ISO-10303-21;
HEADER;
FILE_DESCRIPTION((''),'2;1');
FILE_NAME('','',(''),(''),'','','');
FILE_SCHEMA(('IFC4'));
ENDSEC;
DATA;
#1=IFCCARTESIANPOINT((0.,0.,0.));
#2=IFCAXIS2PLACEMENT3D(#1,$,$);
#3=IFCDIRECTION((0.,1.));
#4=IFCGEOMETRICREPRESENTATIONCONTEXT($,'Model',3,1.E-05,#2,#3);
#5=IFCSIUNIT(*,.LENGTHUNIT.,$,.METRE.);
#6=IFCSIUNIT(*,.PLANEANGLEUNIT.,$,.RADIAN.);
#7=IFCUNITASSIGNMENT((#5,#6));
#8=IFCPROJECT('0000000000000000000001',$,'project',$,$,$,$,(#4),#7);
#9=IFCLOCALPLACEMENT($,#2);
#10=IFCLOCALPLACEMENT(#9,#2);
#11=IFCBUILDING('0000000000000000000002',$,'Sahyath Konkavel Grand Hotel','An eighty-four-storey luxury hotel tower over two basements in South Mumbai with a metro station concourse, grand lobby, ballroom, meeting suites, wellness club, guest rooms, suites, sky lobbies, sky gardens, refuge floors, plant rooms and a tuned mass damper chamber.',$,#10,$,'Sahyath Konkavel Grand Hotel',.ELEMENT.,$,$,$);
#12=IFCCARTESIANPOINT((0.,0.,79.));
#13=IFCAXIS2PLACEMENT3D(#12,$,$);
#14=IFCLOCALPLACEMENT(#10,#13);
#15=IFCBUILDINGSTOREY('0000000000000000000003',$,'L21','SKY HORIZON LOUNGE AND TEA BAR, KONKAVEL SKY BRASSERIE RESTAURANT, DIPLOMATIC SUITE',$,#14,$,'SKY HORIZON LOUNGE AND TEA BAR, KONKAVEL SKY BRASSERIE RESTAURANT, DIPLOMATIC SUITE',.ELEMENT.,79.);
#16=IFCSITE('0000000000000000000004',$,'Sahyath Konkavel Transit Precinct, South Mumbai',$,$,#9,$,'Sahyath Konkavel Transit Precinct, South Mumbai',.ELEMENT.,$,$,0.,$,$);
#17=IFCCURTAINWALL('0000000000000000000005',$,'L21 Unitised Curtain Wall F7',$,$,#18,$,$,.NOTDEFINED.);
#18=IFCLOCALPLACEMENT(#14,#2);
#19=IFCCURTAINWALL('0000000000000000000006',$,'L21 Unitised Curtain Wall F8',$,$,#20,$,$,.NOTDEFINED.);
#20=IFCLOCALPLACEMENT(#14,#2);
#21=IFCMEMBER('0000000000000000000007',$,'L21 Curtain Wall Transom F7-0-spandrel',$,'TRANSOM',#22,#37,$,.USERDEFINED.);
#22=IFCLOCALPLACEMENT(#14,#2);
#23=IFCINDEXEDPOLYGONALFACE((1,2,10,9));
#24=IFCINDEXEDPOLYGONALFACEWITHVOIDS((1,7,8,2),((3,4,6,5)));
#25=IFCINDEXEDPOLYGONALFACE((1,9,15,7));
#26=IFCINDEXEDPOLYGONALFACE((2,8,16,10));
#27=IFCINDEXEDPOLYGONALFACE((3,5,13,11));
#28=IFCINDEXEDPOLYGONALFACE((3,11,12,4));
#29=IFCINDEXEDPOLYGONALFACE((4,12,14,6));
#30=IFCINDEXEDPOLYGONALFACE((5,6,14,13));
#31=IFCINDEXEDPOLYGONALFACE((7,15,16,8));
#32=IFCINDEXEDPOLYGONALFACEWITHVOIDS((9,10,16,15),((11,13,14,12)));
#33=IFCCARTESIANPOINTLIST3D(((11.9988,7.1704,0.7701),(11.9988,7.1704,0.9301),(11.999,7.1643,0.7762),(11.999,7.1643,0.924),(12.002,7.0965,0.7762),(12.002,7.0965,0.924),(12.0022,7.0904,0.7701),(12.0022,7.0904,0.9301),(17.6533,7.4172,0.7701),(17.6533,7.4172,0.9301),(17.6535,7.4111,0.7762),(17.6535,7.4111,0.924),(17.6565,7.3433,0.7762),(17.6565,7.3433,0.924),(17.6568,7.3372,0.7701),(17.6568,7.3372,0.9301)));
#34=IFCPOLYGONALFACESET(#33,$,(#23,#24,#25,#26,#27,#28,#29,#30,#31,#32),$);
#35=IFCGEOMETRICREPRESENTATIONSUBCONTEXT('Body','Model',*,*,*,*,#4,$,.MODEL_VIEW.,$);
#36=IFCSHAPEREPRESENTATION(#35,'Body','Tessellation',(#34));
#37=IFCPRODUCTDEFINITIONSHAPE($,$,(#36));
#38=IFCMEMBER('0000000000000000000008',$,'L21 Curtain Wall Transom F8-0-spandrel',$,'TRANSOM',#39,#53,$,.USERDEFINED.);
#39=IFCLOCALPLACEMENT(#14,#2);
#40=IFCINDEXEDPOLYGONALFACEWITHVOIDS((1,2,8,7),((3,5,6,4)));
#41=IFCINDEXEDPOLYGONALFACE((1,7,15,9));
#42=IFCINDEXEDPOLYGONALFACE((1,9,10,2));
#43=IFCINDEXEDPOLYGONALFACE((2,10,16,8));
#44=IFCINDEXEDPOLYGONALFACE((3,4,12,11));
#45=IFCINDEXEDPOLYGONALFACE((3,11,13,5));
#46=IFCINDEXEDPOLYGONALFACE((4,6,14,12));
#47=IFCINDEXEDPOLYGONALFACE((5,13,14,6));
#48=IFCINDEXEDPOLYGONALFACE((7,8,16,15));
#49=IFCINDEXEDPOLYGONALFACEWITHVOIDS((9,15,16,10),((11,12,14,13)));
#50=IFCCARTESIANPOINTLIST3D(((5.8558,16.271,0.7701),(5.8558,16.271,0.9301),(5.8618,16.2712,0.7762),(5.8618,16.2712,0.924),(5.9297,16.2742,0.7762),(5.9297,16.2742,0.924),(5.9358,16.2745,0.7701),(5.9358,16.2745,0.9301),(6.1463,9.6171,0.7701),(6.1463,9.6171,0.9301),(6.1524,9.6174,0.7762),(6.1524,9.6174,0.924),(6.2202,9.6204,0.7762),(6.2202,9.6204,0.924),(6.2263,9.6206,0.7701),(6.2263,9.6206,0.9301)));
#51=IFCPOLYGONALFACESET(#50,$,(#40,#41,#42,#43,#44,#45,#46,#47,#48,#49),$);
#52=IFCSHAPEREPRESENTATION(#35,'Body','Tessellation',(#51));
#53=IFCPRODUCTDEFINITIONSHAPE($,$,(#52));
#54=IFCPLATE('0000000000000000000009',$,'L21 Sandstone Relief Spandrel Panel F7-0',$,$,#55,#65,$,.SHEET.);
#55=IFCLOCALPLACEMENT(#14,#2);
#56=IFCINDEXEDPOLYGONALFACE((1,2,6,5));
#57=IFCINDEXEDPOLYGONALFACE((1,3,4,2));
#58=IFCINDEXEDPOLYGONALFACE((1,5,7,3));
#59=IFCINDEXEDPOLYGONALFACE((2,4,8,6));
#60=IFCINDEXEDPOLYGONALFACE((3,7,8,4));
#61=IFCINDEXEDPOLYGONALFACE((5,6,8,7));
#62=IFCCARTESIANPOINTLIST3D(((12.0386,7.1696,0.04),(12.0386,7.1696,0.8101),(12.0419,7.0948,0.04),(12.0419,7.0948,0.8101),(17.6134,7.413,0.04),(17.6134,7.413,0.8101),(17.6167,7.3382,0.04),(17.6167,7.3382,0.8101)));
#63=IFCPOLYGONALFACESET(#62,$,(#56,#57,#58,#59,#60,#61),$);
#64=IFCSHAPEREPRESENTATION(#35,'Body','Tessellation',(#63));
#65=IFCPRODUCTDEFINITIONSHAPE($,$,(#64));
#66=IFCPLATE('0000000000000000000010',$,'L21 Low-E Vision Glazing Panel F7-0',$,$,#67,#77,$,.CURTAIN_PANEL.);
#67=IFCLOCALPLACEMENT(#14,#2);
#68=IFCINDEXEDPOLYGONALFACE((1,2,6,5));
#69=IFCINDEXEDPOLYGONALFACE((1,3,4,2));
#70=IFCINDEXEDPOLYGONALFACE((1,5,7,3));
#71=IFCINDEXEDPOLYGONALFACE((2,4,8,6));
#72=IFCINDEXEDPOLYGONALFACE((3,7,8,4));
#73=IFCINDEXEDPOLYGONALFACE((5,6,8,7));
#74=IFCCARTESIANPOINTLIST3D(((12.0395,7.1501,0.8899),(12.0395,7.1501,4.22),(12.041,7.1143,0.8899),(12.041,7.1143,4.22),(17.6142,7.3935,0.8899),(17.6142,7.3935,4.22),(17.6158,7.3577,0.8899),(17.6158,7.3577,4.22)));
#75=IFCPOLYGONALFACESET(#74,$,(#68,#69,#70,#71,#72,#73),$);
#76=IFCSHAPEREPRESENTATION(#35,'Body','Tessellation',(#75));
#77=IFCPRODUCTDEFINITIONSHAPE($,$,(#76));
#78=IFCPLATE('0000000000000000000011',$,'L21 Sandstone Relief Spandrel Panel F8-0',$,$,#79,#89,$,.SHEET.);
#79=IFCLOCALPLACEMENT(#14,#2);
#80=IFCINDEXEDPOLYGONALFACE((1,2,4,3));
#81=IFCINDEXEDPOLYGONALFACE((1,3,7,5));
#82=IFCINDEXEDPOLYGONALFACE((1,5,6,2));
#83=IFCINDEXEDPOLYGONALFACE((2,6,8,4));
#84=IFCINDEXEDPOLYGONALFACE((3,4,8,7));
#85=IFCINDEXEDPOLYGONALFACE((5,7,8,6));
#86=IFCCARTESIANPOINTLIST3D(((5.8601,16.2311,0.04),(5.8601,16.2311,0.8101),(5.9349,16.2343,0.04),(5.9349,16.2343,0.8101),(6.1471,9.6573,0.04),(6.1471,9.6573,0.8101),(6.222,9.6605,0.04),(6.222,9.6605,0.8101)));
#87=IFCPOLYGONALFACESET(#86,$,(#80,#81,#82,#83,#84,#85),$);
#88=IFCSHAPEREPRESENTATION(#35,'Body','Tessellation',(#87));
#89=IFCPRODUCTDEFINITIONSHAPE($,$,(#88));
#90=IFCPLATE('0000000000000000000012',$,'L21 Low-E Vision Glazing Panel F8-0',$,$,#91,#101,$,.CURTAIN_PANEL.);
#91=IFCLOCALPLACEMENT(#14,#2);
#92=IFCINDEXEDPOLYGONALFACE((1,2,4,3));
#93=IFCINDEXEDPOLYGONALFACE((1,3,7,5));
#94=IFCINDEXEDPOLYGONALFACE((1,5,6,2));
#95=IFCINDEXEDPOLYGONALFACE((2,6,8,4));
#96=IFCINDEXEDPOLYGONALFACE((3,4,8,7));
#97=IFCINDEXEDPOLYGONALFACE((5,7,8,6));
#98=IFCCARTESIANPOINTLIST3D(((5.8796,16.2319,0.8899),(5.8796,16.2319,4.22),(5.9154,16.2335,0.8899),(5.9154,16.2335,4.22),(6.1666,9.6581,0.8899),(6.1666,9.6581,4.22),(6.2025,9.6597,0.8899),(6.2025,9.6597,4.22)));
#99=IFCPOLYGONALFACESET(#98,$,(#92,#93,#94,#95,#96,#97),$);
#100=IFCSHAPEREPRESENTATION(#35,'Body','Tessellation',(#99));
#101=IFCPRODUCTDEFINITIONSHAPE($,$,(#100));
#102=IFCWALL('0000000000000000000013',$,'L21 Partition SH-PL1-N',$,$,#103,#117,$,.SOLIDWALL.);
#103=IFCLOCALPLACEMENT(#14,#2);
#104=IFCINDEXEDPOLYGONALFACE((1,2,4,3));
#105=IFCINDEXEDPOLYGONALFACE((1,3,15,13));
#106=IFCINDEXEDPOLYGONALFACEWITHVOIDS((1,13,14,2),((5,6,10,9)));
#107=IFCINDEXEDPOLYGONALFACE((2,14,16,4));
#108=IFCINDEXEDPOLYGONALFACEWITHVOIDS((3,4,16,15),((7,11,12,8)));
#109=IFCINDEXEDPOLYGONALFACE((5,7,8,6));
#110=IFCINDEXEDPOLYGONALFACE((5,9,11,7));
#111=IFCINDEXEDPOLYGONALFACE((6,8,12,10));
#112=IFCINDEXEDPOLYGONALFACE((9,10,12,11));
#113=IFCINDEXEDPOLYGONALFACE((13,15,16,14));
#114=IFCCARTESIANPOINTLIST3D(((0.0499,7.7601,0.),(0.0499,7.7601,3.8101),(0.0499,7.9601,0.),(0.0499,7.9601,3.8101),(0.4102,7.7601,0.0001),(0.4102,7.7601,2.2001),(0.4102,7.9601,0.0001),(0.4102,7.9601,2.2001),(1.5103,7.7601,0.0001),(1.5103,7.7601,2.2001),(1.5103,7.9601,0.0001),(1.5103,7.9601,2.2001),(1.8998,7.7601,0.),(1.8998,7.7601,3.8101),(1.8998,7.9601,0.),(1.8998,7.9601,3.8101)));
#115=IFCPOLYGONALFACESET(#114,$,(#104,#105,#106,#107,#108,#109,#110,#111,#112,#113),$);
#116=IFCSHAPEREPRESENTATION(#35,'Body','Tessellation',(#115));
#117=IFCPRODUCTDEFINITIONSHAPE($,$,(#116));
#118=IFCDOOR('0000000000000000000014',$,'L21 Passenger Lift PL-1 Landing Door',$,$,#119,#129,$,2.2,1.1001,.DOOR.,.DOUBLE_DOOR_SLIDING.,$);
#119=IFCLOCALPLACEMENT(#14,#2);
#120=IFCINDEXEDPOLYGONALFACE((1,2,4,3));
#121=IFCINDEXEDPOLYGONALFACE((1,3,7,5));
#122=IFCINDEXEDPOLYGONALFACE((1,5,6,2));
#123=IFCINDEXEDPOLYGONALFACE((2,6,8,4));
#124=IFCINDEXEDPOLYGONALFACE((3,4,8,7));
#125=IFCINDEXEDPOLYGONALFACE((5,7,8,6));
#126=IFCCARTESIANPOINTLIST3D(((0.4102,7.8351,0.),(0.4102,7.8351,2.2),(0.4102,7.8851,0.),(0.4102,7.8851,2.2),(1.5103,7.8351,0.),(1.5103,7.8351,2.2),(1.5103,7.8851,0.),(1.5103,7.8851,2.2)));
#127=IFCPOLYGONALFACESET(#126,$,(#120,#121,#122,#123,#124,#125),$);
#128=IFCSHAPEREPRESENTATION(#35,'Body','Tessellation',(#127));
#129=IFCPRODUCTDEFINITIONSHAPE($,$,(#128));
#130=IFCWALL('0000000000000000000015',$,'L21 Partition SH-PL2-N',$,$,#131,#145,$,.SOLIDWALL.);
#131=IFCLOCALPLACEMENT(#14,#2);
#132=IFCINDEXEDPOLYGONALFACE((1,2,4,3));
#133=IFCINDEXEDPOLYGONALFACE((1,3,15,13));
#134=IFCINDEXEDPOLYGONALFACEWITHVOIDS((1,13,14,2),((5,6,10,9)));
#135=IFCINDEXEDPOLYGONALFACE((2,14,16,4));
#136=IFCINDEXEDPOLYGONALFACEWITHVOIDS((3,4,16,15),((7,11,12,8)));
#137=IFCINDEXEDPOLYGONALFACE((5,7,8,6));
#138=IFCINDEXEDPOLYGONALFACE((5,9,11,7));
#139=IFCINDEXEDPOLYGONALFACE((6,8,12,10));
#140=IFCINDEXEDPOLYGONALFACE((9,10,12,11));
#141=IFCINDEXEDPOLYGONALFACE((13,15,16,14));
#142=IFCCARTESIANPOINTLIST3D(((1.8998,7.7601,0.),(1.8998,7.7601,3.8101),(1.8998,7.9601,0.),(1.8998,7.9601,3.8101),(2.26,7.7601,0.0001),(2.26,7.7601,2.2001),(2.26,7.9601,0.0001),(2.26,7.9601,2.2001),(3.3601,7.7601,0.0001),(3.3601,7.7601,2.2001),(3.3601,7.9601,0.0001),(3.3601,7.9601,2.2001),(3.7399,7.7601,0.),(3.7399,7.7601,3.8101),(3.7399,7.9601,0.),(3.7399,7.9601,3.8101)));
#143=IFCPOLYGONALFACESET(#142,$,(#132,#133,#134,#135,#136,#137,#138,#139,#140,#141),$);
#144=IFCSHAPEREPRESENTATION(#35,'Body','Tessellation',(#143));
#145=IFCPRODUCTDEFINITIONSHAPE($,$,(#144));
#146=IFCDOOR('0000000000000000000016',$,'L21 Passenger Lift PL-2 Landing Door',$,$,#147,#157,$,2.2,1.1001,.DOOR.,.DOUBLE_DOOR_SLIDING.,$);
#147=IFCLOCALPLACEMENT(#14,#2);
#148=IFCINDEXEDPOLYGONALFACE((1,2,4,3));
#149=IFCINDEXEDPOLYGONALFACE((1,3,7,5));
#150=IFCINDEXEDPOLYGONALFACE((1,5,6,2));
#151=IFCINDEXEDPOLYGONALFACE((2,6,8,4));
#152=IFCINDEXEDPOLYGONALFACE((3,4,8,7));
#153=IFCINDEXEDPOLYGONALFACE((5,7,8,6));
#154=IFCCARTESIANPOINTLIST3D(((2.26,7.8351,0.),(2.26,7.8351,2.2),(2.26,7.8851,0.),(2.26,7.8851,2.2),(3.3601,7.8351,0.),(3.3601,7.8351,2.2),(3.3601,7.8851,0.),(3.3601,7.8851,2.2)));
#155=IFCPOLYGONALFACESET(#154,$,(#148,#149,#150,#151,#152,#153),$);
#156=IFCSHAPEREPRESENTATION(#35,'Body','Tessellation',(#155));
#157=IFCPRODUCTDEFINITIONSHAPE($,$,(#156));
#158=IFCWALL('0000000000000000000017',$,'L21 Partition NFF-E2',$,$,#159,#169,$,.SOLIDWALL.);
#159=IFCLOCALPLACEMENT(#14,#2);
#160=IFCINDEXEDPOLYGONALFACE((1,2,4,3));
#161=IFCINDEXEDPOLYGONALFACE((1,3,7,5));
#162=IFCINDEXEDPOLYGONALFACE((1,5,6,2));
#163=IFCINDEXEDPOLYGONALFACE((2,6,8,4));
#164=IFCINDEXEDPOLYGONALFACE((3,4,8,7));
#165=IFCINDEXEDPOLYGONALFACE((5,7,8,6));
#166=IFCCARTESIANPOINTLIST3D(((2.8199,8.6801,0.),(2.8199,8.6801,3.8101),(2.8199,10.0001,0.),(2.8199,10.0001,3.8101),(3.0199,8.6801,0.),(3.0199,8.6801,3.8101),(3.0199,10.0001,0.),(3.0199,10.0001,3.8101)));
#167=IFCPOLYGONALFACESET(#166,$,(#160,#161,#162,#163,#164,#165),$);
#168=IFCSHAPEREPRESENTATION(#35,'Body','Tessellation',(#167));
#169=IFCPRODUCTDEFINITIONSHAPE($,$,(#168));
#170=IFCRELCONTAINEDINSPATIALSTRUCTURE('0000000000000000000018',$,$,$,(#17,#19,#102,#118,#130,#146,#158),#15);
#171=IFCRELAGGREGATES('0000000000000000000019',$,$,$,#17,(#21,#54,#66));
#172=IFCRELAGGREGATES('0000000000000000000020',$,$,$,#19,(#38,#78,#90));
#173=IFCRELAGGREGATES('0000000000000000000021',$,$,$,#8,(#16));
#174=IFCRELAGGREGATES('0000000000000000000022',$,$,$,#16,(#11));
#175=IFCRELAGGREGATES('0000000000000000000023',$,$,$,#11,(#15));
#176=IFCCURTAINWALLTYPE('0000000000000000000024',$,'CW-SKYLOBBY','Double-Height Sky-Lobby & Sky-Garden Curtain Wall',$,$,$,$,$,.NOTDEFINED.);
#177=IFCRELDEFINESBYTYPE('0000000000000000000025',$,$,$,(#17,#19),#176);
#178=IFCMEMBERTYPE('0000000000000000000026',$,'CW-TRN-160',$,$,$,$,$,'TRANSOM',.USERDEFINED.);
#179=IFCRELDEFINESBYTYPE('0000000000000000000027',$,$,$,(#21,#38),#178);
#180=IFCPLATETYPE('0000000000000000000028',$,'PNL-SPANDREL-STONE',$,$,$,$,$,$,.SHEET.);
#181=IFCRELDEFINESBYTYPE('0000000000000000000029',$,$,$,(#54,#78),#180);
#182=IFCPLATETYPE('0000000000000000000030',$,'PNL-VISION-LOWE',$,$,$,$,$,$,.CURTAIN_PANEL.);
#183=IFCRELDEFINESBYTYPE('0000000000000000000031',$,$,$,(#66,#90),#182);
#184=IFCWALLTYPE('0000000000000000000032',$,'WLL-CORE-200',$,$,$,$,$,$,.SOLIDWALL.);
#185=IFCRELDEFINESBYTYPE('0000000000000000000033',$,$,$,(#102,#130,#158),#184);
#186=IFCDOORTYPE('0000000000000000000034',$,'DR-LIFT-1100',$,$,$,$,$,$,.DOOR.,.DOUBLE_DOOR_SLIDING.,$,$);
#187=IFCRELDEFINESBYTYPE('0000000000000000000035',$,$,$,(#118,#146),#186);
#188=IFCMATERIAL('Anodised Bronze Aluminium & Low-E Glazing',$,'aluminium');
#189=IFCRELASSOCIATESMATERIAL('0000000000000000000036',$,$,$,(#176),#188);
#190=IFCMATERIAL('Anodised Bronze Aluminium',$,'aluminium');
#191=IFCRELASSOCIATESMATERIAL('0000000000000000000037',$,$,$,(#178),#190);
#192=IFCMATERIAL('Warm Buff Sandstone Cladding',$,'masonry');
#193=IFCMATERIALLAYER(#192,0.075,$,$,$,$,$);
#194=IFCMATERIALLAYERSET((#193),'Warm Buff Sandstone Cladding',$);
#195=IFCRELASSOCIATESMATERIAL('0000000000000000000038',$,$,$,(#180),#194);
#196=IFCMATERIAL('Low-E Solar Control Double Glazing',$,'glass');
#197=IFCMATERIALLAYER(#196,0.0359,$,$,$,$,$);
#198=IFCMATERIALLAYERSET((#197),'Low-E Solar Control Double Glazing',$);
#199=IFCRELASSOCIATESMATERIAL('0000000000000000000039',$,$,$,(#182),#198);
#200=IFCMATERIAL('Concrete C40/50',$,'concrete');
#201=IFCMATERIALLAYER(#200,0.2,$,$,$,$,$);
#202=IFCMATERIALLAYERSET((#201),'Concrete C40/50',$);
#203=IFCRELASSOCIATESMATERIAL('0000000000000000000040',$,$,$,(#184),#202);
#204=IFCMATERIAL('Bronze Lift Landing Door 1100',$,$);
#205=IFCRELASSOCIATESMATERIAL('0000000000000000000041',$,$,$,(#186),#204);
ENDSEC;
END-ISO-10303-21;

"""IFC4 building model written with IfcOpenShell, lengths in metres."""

from ifc_helpers import new_model, si_unit, direction, frame, frame_2d, origin, origin_2d, place, context, subcontext, project, spatial, rectangle, hollow_rectangle, extrude, source, transform, mapped, material, layer, layer_set, material_profile, profile_set, type_object, element, fill, aggregate, save


model = new_model("IFC4")

# Units and contexts
model_context = context("Model", 3, precision=1e-05, world=origin(), true_north=direction((0.0, 1.0)))
body_context = subcontext(model_context, "Body", "Model", "MODEL_VIEW")
ifc_project = project(units=[si_unit("LENGTHUNIT", "METRE"), si_unit("PLANEANGLEUNIT", "RADIAN")], contexts=[model_context])

# Site, building, storey
site_placement = place(None, origin())
site = spatial("IfcSite", under=ifc_project, at=site_placement, Name="Sahyath Konkavel Transit Precinct, South Mumbai", LongName="Sahyath Konkavel Transit Precinct, South Mumbai", CompositionType="ELEMENT", RefElevation=0.0)
building_placement = place(site_placement, origin())
building = spatial("IfcBuilding", under=site, at=building_placement, Name="Sahyath Konkavel Grand Hotel", Description="An eighty-four-storey luxury hotel tower over two basements in South Mumbai with a metro station concourse, grand lobby, ballroom, meeting suites, wellness club, guest rooms, suites, sky lobbies, sky gardens, refuge floors, plant rooms and a tuned mass damper chamber.", LongName="Sahyath Konkavel Grand Hotel", CompositionType="ELEMENT")
storey_placement = place(building_placement, frame((0.0, 0.0, 79.0)))
storey = spatial("IfcBuildingStorey", under=building, at=storey_placement, Name="L21", Description="SKY HORIZON LOUNGE AND TEA BAR, KONKAVEL SKY BRASSERIE RESTAURANT, DIPLOMATIC SUITE", LongName="SKY HORIZON LOUNGE AND TEA BAR, KONKAVEL SKY BRASSERIE RESTAURANT, DIPLOMATIC SUITE", CompositionType="ELEMENT", Elevation=79.0)

# Curtain wall
ifc_material_1 = material(Name="Anodised Bronze Aluminium & Low-E Glazing", Category="aluminium")
curtain_wall_type = type_object("IfcCurtainWallType", Name="CW-SKYLOBBY", Description="Double-Height Sky-Lobby & Sky-Garden Curtain Wall", PredefinedType="NOTDEFINED", material=ifc_material_1)
curtain_wall_1_placement = place(storey_placement, origin())
curtain_wall_1 = element("IfcCurtainWall", 1, at=curtain_wall_1_placement, inside=storey, type_object=curtain_wall_type, Name="L21 Unitised Curtain Wall F7", PredefinedType="NOTDEFINED")
ifc_material_2 = material(Name="Anodised Bronze Aluminium", Category="aluminium")

# Curtain wall
curtain_wall_2_placement = place(storey_placement, origin())
curtain_wall_2 = element("IfcCurtainWall", 2, at=curtain_wall_2_placement, inside=storey, type_object=curtain_wall_type, Name="L21 Unitised Curtain Wall F8", PredefinedType="NOTDEFINED")

# Members
ifc_material_profile_1 = material_profile(ifc_material_2, hollow_rectangle(XDim=0.0801, YDim=0.1599, WallThickness=0.0061, at=origin_2d()), Name="RHS 160x80x6")
ifc_profile_set_1 = profile_set([ifc_material_profile_1], Name="Anodised Bronze Aluminium")
member_type_1 = type_object("IfcMemberType", Name="CW-TRN-160", ElementType="TRANSOM", PredefinedType="USERDEFINED", material=ifc_profile_set_1)
shared_shape_1 = source(origin(), body_context, "Body", "SweptSolid", [
    extrude(hollow_rectangle(XDim=0.0801, YDim=0.1599, WallThickness=0.0061, at=origin_2d()), origin(), (0.0, 0.0, 1.0), 5.6599),
])
member_1_placement = place(storey_placement, frame((17.655, 7.3772, 0.8501), z_axis=(-0.999049, -0.043609, 0.0), x_axis=(0.043609, -0.999049, 0.0)))
member_1 = element("IfcMember", 3, at=member_1_placement, type_object=member_type_1, Name="L21 Curtain Wall Transom F7-0-spandrel", ObjectType="TRANSOM", PredefinedType="USERDEFINED", context=body_context, shape_type="MappedRepresentation", body=[
    mapped(shared_shape_1, transform((0.0, 0.0, 0.0), scale=1.0)),
])
shared_shape_2 = source(origin(), body_context, "Body", "SweptSolid", [
    extrude(hollow_rectangle(XDim=0.0801, YDim=0.1599, WallThickness=0.0061, at=origin_2d()), origin(), (0.0, 0.0, 1.0), 6.6602),
])
member_2_placement = place(storey_placement, frame((6.1863, 9.6189, 0.8501), z_axis=(-0.043622, 0.999048, 0.0), x_axis=(-0.999048, -0.043622, 0.0)))
member_2 = element("IfcMember", 4, at=member_2_placement, type_object=member_type_1, Name="L21 Curtain Wall Transom F8-0-spandrel", ObjectType="TRANSOM", PredefinedType="USERDEFINED", context=body_context, shape_type="MappedRepresentation", body=[
    mapped(shared_shape_2, transform((0.0, 0.0, 0.0), scale=1.0)),
])

# Plates
ifc_material_3 = material(Name="Warm Buff Sandstone Cladding", Category="masonry")
ifc_layer_1 = layer(ifc_material_3, 0.075)
ifc_layer_set_1 = layer_set([ifc_layer_1], Name="Warm Buff Sandstone Cladding")
plate_type_1 = type_object("IfcPlateType", Name="PNL-SPANDREL-STONE", PredefinedType="SHEET", material=ifc_layer_set_1)
shared_shape_3 = source(origin(), body_context, "Body", "SweptSolid", [
    extrude(rectangle(XDim=5.5801, YDim=0.075, at=origin_2d()), origin(), (0.0, 0.0, 1.0), 0.77),
])
plate_1_placement = place(storey_placement, frame((14.8276, 7.2539, 0.04), z_axis=(0.0, 0.0, 1.0), x_axis=(-0.999048, -0.043619, 0.0)))
plate_1 = element("IfcPlate", 5, at=plate_1_placement, type_object=plate_type_1, Name="L21 Sandstone Relief Spandrel Panel F7-0", PredefinedType="SHEET", context=body_context, shape_type="MappedRepresentation", body=[
    mapped(shared_shape_3, transform((0.0, 0.0, 0.0), scale=1.0)),
])
ifc_material_4 = material(Name="Low-E Solar Control Double Glazing", Category="glass")
ifc_layer_2 = layer(ifc_material_4, 0.0359)
ifc_layer_set_2 = layer_set([ifc_layer_2], Name="Low-E Solar Control Double Glazing")
plate_type_2 = type_object("IfcPlateType", Name="PNL-VISION-LOWE", PredefinedType="CURTAIN_PANEL", material=ifc_layer_set_2)
shared_shape_4 = source(origin(), body_context, "Body", "SweptSolid", [
    extrude(rectangle(XDim=5.5801, YDim=0.0359, at=origin_2d()), origin(), (0.0, 0.0, 1.0), 3.3301),
])
plate_2_placement = place(storey_placement, frame((14.8276, 7.2539, 0.8899), z_axis=(0.0, 0.0, 1.0), x_axis=(-0.999048, -0.043619, 0.0)))
plate_2 = element("IfcPlate", 6, at=plate_2_placement, type_object=plate_type_2, Name="L21 Low-E Vision Glazing Panel F7-0", PredefinedType="CURTAIN_PANEL", context=body_context, shape_type="MappedRepresentation", body=[
    mapped(shared_shape_4, transform((0.0, 0.0, 0.0), scale=1.0)),
])
aggregate(curtain_wall_1, [member_1, plate_1, plate_2])
shared_shape_5 = source(origin(), body_context, "Body", "SweptSolid", [
    extrude(rectangle(XDim=6.5801, YDim=0.075, at=origin_2d()), origin(), (0.0, 0.0, 1.0), 0.77),
])
plate_3_placement = place(storey_placement, frame((6.041, 12.9458, 0.04), z_axis=(0.0, 0.0, 1.0), x_axis=(-0.043619, 0.999048, 0.0)))
plate_3 = element("IfcPlate", 7, at=plate_3_placement, type_object=plate_type_1, Name="L21 Sandstone Relief Spandrel Panel F8-0", PredefinedType="SHEET", context=body_context, shape_type="MappedRepresentation", body=[
    mapped(shared_shape_5, transform((0.0, 0.0, 0.0), scale=1.0)),
])
shared_shape_6 = source(origin(), body_context, "Body", "SweptSolid", [
    extrude(rectangle(XDim=6.5801, YDim=0.0359, at=origin_2d()), origin(), (0.0, 0.0, 1.0), 3.3301),
])
plate_4_placement = place(storey_placement, frame((6.041, 12.9458, 0.8899), z_axis=(0.0, 0.0, 1.0), x_axis=(-0.043619, 0.999048, 0.0)))
plate_4 = element("IfcPlate", 8, at=plate_4_placement, type_object=plate_type_2, Name="L21 Low-E Vision Glazing Panel F8-0", PredefinedType="CURTAIN_PANEL", context=body_context, shape_type="MappedRepresentation", body=[
    mapped(shared_shape_6, transform((0.0, 0.0, 0.0), scale=1.0)),
])
aggregate(curtain_wall_2, [member_2, plate_3, plate_4])

# Walls, openings, doors
ifc_material_5 = material(Name="Concrete C40/50", Category="concrete")
ifc_layer_3 = layer(ifc_material_5, 0.2)
ifc_layer_set_3 = layer_set([ifc_layer_3], Name="Concrete C40/50")
wall_type_1 = type_object("IfcWallType", Name="WLL-CORE-200", PredefinedType="SOLIDWALL", material=ifc_layer_set_3)
wall_1_placement = place(storey_placement, frame((0.05, 7.8601, 0.0), z_axis=(0.0, 0.0, 1.0), x_axis=(1.0, 0.0, 0.0)))
wall_1 = element("IfcWall", 9, at=wall_1_placement, inside=storey, type_object=wall_type_1, Name="L21 Partition SH-PL1-N", PredefinedType="SOLIDWALL", context=body_context, shape_type="SweptSolid", body=[
    extrude(rectangle(XDim=1.8499, YDim=0.2, at=frame_2d((0.9248, 0.0))), origin(), (0.0, 0.0, 1.0), 3.8101),
])
opening_1_placement = place(wall_1_placement, frame((0.3601, 0.0, 0.0)))
opening_1 = element("IfcOpeningElement", 10, at=opening_1_placement, cuts=wall_1, PredefinedType="OPENING", context=body_context, shape_type="SweptSolid", body=[
    extrude(rectangle(XDim=1.1001, YDim=2.2, at=frame_2d((0.55, 1.1001))), frame((0.0, 0.1099, 0.0), z_axis=(0.0, -1.0, 0.0), x_axis=(1.0, 0.0, 0.0)), (0.0, 0.0, 1.0), 0.22),
])
ifc_material_6 = material(Name="Bronze Lift Landing Door 1100")
door_type_1 = type_object("IfcDoorType", Name="DR-LIFT-1100", OperationType="DOUBLE_DOOR_SLIDING", PredefinedType="DOOR", material=ifc_material_6)
shared_shape_7 = source(origin(), body_context, "Body", "SweptSolid", [
    extrude(rectangle(XDim=1.1001, YDim=0.05, at=origin_2d()), origin(), (0.0, 0.0, 1.0), 2.2),
])
door_1_placement = place(opening_1_placement, frame((0.55, 0.0, 0.0)))
door_1 = element("IfcDoor", 11, at=door_1_placement, inside=storey, type_object=door_type_1, Name="L21 Passenger Lift PL-1 Landing Door", OperationType="DOUBLE_DOOR_SLIDING", OverallHeight=2.2, OverallWidth=1.1001, PredefinedType="DOOR", context=body_context, shape_type="MappedRepresentation", body=[
    mapped(shared_shape_7, transform((0.0, 0.0, 0.0), scale=1.0)),
])
fill(opening_1, door_1)
wall_2_placement = place(storey_placement, frame((1.8999, 7.8601, 0.0), z_axis=(0.0, 0.0, 1.0), x_axis=(1.0, 0.0, 0.0)))
wall_2 = element("IfcWall", 12, at=wall_2_placement, inside=storey, type_object=wall_type_1, Name="L21 Partition SH-PL2-N", PredefinedType="SOLIDWALL", context=body_context, shape_type="SweptSolid", body=[
    extrude(rectangle(XDim=1.8401, YDim=0.2, at=frame_2d((0.9199, 0.0))), origin(), (0.0, 0.0, 1.0), 3.8101),
])
opening_2_placement = place(wall_2_placement, frame((0.3601, 0.0, 0.0)))
opening_2 = element("IfcOpeningElement", 13, at=opening_2_placement, cuts=wall_2, PredefinedType="OPENING", context=body_context, shape_type="SweptSolid", body=[
    extrude(rectangle(XDim=1.1001, YDim=2.2, at=frame_2d((0.55, 1.1001))), frame((0.0, 0.1099, 0.0), z_axis=(0.0, -1.0, 0.0), x_axis=(1.0, 0.0, 0.0)), (0.0, 0.0, 1.0), 0.22),
])
door_2_placement = place(opening_2_placement, frame((0.55, 0.0, 0.0)))
door_2 = element("IfcDoor", 14, at=door_2_placement, inside=storey, type_object=door_type_1, Name="L21 Passenger Lift PL-2 Landing Door", OperationType="DOUBLE_DOOR_SLIDING", OverallHeight=2.2, OverallWidth=1.1001, PredefinedType="DOOR", context=body_context, shape_type="MappedRepresentation", body=[
    mapped(shared_shape_7, transform((0.0, 0.0, 0.0), scale=1.0)),
])
fill(opening_2, door_2)

# Wall
wall_3_placement = place(storey_placement, frame((2.9199, 8.6799, 0.0), z_axis=(0.0, 0.0, 1.0), x_axis=(0.0, 1.0, 0.0)))
element("IfcWall", 15, at=wall_3_placement, inside=storey, type_object=wall_type_1, Name="L21 Partition NFF-E2", PredefinedType="SOLIDWALL", context=body_context, shape_type="SweptSolid", body=[
    extrude(rectangle(XDim=1.3201, YDim=0.2, at=frame_2d((0.6602, 0.0))), origin(), (0.0, 0.0, 1.0), 3.8101),
])

save(model, "model.ifc")
